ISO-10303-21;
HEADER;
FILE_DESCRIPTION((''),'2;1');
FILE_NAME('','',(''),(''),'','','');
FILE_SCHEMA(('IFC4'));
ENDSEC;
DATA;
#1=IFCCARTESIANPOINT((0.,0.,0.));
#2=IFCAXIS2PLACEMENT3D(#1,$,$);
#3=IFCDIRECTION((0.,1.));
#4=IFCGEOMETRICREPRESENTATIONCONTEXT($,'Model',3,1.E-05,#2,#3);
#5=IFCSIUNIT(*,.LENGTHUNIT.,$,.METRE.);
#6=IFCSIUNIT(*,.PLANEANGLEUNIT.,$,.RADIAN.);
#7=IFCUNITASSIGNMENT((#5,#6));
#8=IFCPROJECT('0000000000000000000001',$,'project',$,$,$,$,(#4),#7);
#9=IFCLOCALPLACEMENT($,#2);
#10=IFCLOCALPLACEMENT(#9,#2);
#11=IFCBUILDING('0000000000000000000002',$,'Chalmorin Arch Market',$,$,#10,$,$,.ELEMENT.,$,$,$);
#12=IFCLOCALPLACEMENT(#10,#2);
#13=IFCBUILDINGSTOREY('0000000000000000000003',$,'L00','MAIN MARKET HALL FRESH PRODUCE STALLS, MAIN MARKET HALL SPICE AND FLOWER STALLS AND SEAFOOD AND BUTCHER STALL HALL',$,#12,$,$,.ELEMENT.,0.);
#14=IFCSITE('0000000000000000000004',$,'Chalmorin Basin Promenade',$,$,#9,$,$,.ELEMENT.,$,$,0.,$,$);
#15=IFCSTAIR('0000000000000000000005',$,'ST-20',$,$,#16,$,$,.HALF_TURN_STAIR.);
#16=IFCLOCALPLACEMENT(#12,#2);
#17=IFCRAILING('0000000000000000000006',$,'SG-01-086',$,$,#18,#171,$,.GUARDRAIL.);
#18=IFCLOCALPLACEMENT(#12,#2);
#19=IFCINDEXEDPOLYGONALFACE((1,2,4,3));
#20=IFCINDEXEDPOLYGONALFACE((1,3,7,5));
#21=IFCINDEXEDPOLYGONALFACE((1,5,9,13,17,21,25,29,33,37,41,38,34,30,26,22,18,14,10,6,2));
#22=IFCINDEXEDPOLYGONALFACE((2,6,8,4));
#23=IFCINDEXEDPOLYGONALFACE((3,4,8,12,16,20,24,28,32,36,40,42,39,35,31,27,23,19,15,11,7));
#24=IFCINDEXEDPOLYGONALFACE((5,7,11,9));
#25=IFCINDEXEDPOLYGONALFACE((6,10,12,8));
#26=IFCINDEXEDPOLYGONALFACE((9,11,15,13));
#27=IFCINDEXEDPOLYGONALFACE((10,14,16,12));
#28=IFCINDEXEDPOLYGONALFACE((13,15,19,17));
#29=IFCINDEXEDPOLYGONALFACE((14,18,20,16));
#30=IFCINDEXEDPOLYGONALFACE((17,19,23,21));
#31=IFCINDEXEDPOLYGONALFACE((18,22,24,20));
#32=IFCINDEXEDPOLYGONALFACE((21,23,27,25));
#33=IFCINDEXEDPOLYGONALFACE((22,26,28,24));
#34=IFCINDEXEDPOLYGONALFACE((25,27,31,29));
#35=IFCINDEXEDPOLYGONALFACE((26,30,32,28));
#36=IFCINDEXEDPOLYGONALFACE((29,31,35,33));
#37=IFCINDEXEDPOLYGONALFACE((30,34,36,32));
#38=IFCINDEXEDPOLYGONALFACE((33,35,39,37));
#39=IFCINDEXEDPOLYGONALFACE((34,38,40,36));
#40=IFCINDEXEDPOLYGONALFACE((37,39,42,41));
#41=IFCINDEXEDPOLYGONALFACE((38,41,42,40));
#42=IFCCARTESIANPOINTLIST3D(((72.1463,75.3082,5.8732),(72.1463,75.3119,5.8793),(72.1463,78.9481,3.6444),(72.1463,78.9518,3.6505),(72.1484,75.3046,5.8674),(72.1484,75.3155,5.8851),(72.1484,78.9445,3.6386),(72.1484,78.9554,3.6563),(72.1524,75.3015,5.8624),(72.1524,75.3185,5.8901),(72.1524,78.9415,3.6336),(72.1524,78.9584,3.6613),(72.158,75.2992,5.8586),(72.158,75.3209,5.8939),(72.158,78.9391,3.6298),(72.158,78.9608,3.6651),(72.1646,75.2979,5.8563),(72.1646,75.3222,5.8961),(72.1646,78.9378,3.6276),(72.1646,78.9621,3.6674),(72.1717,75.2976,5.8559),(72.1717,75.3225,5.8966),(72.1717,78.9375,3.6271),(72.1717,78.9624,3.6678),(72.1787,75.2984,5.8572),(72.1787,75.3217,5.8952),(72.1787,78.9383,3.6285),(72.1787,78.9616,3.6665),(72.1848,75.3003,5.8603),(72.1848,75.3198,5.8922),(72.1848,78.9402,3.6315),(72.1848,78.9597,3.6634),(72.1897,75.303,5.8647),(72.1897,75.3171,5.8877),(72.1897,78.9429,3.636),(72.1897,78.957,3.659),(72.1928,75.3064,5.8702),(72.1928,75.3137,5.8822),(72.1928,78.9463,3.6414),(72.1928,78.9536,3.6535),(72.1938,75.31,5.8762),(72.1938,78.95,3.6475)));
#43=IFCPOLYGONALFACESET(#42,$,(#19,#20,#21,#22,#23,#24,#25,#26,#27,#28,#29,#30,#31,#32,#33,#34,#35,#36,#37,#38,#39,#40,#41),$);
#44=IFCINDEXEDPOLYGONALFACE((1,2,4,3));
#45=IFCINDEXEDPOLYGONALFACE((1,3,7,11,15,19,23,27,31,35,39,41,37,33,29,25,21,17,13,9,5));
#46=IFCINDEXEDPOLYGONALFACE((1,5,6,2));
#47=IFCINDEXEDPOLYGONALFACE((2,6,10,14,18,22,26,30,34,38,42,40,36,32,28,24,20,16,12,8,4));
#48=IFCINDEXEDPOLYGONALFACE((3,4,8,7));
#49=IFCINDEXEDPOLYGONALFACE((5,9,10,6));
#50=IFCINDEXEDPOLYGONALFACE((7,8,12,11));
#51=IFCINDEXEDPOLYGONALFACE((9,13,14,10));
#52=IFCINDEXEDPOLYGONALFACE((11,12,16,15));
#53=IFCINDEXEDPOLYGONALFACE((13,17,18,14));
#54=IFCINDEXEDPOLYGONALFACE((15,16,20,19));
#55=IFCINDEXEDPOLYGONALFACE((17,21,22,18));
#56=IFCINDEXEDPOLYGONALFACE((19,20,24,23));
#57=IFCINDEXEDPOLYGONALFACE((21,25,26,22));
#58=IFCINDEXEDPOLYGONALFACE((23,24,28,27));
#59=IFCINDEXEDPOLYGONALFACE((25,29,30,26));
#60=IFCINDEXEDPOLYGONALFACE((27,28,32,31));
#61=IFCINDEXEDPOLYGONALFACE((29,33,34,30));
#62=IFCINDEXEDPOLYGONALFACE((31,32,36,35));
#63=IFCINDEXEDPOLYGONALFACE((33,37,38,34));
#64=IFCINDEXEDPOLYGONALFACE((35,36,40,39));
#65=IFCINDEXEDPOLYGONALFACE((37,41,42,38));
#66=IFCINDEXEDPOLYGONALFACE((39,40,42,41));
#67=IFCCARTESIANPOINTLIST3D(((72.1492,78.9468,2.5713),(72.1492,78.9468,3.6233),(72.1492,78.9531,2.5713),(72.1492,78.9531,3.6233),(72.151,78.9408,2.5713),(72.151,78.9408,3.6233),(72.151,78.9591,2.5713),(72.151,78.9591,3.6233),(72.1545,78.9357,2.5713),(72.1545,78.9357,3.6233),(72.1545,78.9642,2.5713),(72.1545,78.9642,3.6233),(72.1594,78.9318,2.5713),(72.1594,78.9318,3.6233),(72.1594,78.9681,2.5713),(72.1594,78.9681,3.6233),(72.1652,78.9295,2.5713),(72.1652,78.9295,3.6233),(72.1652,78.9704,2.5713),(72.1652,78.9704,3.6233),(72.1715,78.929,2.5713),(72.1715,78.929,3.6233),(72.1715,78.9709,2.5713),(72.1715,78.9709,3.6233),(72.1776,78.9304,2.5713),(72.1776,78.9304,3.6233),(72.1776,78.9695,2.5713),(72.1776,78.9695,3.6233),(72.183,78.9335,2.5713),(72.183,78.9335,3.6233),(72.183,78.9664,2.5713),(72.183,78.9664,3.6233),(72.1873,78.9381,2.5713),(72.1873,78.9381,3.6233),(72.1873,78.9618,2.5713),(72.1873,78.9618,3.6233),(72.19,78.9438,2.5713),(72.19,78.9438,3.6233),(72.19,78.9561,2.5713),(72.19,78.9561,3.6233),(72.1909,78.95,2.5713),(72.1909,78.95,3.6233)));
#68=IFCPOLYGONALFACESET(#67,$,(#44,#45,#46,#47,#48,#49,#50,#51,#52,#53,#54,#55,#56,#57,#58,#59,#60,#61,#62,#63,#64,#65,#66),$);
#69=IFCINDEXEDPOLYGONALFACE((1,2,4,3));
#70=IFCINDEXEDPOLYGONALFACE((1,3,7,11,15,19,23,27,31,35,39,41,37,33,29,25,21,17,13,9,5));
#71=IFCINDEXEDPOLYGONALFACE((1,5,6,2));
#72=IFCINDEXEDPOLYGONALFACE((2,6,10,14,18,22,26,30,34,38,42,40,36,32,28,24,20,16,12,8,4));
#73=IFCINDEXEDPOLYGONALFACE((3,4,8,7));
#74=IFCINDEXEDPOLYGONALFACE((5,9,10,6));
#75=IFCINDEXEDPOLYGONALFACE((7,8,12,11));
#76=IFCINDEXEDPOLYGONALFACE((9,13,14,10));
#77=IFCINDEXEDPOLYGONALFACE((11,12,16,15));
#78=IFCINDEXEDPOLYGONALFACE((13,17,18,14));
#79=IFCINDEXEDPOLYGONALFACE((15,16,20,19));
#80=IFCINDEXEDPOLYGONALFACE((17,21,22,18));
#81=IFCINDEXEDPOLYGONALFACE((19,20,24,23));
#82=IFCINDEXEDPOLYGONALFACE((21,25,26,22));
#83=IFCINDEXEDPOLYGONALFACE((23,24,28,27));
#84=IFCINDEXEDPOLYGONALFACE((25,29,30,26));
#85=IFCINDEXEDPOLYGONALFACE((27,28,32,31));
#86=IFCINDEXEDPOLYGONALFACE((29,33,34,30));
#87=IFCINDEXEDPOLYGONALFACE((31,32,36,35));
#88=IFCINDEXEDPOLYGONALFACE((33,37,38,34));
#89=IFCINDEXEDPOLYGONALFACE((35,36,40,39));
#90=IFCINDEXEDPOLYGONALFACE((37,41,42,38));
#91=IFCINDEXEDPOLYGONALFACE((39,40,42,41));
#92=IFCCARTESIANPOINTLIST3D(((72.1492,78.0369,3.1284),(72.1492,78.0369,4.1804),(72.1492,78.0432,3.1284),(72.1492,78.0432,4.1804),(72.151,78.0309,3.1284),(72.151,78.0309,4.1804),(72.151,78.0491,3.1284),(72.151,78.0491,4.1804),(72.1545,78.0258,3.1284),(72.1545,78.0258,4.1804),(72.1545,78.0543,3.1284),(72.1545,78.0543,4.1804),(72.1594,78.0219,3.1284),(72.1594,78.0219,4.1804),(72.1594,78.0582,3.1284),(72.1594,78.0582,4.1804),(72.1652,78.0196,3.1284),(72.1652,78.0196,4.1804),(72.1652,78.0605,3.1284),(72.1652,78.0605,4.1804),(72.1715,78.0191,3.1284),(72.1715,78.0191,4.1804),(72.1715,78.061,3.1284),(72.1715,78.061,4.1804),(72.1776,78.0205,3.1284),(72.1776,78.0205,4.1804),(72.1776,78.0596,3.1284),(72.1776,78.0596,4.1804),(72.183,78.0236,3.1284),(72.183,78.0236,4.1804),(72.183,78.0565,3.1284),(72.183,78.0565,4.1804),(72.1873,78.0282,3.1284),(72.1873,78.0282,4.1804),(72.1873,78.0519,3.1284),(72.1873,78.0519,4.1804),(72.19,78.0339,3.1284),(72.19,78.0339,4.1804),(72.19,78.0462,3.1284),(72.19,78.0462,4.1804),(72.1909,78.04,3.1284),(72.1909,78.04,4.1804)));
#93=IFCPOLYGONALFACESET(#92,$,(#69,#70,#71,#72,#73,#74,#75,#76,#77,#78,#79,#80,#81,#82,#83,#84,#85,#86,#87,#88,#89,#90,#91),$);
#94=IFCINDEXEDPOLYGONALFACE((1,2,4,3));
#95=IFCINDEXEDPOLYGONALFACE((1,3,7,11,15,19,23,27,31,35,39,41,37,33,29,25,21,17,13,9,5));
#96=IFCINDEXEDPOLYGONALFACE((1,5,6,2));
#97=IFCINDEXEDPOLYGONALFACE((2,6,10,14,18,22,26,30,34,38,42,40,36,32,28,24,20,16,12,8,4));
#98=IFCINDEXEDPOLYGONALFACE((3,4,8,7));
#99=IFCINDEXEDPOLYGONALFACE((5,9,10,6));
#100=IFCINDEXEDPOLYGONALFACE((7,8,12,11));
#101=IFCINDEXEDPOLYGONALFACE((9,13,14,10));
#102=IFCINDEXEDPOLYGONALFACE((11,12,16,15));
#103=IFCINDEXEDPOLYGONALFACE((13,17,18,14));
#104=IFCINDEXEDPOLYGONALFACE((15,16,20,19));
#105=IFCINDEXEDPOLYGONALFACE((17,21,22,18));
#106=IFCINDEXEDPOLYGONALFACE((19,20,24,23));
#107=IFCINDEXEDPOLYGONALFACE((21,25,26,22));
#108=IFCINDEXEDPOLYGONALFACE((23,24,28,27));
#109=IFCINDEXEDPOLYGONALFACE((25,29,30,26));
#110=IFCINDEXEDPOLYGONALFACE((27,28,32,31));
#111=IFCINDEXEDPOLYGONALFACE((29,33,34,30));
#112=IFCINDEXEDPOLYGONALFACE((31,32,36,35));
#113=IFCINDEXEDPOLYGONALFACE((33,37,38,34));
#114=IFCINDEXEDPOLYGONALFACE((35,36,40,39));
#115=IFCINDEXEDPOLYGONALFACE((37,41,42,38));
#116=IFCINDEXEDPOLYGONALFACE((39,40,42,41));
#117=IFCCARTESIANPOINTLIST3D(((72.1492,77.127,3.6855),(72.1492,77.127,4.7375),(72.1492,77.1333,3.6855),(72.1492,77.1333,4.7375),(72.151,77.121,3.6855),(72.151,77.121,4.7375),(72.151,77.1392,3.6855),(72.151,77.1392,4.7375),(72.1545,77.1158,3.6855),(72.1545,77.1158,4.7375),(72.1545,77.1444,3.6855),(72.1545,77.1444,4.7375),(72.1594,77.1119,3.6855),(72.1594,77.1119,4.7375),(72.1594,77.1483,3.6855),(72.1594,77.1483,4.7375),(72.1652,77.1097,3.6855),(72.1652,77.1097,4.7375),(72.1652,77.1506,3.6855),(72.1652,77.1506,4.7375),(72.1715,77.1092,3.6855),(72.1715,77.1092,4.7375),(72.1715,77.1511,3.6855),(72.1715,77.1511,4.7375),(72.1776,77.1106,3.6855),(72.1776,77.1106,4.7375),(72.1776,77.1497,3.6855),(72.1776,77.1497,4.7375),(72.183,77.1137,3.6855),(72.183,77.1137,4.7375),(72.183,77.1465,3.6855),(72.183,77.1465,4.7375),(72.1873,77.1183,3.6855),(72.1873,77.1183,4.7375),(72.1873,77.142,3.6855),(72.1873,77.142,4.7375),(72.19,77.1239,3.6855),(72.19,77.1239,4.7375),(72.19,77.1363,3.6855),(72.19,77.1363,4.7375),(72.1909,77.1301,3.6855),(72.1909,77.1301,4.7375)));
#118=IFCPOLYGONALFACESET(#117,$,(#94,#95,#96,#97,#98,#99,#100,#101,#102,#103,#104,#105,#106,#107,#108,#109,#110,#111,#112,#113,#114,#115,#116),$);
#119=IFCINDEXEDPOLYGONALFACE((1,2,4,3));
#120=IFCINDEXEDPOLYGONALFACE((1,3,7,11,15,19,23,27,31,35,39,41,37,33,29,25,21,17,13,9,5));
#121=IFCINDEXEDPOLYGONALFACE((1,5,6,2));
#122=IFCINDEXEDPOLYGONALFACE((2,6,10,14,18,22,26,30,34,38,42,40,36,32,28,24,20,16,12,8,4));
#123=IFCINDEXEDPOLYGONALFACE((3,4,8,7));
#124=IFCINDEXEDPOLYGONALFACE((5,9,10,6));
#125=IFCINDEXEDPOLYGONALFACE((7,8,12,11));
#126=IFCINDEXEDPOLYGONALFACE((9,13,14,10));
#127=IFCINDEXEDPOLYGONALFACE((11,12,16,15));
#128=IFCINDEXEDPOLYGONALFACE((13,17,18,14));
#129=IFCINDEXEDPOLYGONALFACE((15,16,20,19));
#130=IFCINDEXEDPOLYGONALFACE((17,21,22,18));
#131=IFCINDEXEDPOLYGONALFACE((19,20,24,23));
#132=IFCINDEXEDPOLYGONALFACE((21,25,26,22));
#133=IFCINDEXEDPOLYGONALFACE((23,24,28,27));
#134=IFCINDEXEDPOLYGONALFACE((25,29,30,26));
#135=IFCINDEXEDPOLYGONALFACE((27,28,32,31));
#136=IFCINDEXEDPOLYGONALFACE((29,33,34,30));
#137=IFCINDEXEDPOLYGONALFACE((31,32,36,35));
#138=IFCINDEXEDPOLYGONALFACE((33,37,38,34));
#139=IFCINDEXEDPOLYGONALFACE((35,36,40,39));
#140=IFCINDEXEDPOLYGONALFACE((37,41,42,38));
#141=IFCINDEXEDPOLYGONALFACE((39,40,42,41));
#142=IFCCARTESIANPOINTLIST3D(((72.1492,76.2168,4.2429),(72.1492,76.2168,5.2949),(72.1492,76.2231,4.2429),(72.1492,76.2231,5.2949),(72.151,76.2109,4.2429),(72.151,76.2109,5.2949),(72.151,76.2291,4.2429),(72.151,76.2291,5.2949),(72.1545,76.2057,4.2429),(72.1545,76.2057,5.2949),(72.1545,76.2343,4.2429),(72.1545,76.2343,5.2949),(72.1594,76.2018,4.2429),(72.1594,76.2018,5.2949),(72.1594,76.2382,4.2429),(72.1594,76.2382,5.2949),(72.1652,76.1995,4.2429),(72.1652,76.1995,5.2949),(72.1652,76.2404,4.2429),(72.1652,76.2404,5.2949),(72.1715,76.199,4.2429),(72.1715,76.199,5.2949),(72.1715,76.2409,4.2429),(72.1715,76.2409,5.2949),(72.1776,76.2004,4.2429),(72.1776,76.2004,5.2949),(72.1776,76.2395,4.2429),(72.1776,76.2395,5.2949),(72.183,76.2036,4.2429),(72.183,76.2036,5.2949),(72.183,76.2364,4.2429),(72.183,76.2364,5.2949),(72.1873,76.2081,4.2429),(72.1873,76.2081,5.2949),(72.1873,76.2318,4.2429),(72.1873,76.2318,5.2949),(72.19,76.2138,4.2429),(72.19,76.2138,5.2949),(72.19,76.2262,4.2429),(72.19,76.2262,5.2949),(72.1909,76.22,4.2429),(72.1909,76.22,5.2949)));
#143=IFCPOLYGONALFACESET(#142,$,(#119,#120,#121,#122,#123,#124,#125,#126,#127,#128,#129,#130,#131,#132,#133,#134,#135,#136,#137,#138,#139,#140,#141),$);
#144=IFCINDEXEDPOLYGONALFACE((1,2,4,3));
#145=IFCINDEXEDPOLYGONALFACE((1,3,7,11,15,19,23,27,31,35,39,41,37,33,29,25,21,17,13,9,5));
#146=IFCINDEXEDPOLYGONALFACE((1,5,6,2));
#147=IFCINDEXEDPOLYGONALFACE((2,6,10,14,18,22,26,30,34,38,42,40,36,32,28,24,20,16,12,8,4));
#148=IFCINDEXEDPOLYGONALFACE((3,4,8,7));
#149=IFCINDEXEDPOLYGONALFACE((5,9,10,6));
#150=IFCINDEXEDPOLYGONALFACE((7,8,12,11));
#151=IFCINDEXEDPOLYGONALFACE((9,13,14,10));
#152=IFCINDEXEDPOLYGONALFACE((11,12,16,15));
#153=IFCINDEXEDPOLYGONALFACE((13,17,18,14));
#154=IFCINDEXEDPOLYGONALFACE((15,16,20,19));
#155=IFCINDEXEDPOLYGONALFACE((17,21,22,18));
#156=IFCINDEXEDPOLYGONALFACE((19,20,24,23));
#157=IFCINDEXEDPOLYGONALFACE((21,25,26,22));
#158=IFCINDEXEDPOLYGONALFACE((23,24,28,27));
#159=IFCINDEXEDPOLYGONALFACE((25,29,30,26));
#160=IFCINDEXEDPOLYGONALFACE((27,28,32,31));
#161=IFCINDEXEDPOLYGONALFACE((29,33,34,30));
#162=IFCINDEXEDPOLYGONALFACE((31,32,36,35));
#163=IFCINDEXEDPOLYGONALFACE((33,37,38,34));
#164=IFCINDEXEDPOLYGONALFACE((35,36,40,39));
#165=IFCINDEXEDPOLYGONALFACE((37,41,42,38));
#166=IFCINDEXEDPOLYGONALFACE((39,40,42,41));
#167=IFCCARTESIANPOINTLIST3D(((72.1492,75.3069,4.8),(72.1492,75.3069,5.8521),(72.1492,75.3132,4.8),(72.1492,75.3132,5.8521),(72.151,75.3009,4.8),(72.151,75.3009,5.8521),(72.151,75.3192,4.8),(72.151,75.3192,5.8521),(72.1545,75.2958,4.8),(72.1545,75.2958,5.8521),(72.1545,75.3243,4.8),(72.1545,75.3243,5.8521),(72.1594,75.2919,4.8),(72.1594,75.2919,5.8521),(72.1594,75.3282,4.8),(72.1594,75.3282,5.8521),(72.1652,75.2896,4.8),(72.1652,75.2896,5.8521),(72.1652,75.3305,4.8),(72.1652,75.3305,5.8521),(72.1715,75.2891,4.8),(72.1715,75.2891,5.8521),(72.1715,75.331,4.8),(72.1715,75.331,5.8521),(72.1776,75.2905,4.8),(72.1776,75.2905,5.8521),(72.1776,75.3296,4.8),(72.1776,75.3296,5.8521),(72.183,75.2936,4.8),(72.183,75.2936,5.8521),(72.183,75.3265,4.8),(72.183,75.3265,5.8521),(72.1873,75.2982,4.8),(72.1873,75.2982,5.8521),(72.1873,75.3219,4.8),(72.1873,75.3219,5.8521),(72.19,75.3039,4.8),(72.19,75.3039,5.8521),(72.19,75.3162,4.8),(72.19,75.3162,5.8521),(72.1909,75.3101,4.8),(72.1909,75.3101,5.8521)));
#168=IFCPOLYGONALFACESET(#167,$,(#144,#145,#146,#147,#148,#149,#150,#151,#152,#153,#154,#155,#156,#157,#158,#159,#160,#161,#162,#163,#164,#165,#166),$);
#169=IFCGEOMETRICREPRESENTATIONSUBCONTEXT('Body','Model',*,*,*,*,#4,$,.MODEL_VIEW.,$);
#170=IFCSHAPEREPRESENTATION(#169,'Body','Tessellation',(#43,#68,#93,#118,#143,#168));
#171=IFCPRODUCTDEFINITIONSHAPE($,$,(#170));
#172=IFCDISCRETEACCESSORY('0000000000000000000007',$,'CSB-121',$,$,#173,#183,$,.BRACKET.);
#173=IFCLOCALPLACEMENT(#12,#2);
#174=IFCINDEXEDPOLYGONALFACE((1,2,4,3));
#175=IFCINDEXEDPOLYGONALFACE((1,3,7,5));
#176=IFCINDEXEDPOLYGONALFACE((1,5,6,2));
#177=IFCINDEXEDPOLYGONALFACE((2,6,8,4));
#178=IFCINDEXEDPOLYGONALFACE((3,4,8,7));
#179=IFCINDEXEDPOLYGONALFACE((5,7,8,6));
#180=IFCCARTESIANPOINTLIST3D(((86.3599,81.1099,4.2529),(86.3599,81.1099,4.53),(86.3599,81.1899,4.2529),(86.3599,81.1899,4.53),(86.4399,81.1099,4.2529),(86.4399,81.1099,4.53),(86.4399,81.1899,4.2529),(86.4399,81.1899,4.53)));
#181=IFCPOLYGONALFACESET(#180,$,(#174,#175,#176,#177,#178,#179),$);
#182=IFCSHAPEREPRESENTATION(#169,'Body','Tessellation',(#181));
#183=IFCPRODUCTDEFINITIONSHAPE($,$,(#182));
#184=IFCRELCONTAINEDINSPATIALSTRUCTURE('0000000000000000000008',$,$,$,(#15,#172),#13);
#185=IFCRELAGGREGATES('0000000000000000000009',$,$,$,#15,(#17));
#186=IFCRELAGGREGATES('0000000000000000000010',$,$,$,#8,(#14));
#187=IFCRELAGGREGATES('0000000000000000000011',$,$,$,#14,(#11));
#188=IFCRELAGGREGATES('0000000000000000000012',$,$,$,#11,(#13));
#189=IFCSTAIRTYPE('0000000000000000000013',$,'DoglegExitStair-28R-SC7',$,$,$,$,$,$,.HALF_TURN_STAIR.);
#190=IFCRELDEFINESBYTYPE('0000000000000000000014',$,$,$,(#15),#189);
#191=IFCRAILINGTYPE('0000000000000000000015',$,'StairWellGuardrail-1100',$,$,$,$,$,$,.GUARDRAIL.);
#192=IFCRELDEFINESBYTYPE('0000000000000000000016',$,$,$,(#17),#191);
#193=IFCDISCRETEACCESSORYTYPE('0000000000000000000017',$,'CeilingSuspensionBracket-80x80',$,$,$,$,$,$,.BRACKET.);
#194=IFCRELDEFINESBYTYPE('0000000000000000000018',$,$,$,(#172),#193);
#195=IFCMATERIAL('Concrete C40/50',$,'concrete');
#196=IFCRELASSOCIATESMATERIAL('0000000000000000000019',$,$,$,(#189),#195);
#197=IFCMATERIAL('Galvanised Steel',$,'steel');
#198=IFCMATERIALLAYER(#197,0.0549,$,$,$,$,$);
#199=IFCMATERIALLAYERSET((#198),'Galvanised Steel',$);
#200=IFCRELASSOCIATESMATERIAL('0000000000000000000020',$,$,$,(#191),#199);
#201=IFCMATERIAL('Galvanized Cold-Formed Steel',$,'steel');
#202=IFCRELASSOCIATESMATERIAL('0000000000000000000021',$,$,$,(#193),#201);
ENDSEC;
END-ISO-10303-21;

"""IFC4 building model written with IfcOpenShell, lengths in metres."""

from ifc_helpers import new_model, si_unit, direction, frame, origin, origin_2d, place, context, subcontext, project, spatial, rectangle, circle, extrude, material, layer, layer_set, type_object, element, aggregate, save


model = new_model("IFC4")

# Units and contexts
model_context = context("Model", 3, precision=1e-05, world=origin(), true_north=direction((0.0, 1.0)))
body_context = subcontext(model_context, "Body", "Model", "MODEL_VIEW")
ifc_project = project(units=[si_unit("LENGTHUNIT", "METRE"), si_unit("PLANEANGLEUNIT", "RADIAN")], contexts=[model_context])

# Site, building, storey
site_placement = place(None, origin())
site = spatial("IfcSite", under=ifc_project, at=site_placement, Name="Chalmorin Basin Promenade", CompositionType="ELEMENT", RefElevation=0.0)
building_placement = place(site_placement, origin())
building = spatial("IfcBuilding", under=site, at=building_placement, Name="Chalmorin Arch Market", CompositionType="ELEMENT")
storey_placement = place(building_placement, origin())
storey = spatial("IfcBuildingStorey", under=building, at=storey_placement, Name="L00", Description="MAIN MARKET HALL FRESH PRODUCE STALLS, MAIN MARKET HALL SPICE AND FLOWER STALLS AND SEAFOOD AND BUTCHER STALL HALL", CompositionType="ELEMENT", Elevation=0.0)

# Shared definitions
ifc_material_1 = material(Name="Concrete C40/50", Category="concrete")

# Shared definitions
ifc_material_2 = material(Name="Galvanised Steel", Category="steel")

# Stair, railing
stair_type = type_object("IfcStairType", Name="DoglegExitStair-28R-SC7", PredefinedType="HALF_TURN_STAIR", material=ifc_material_1)
stair_placement = place(storey_placement, origin())
stair = element("IfcStair", 1, at=stair_placement, inside=storey, type_object=stair_type, Name="ST-20", PredefinedType="HALF_TURN_STAIR")
ifc_layer_1 = layer(ifc_material_2, 0.0549)
ifc_layer_set_1 = layer_set([ifc_layer_1], Name="Galvanised Steel")
railing_type_1 = type_object("IfcRailingType", Name="StairWellGuardrail-1100", PredefinedType="GUARDRAIL", material=ifc_layer_set_1)
railing_1_placement = place(storey_placement, frame((72.1699, 78.95, 2.5713)))
railing_1 = element("IfcRailing", 2, at=railing_1_placement, type_object=railing_type_1, Name="SG-01-086", PredefinedType="GUARDRAIL", context=body_context, shape_type="SweptSolid", body=[
    extrude(circle(Radius=0.0239, at=origin_2d()), frame((0.0, 0.0, 1.0762), z_axis=(0.0, -0.852825, 0.522197), x_axis=(1.0, 0.0, 0.0)), (0.0, 0.0, 1.0), 4.2681),
    extrude(circle(Radius=0.021, at=origin_2d()), origin(), (0.0, 0.0, 1.0), 1.052),
    extrude(circle(Radius=0.021, at=origin_2d()), frame((0.0, -0.9099, 0.5571)), (0.0, 0.0, 1.0), 1.052),
    extrude(circle(Radius=0.021, at=origin_2d()), frame((0.0, -1.8198, 1.1143)), (0.0, 0.0, 1.0), 1.052),
    extrude(circle(Radius=0.021, at=origin_2d()), frame((0.0, -2.73, 1.6716)), (0.0, 0.0, 1.0), 1.052),
    extrude(circle(Radius=0.021, at=origin_2d()), frame((0.0, -3.6399, 2.2288)), (0.0, 0.0, 1.0), 1.052),
])
aggregate(stair, [railing_1])

# Discrete accessory
ifc_material_3 = material(Name="Galvanized Cold-Formed Steel", Category="steel")
discrete_accessory_type = type_object("IfcDiscreteAccessoryType", Name="CeilingSuspensionBracket-80x80", PredefinedType="BRACKET", material=ifc_material_3)
discrete_accessory_placement = place(storey_placement, frame((86.3999, 81.1499, 4.2529), z_axis=(0.0, 0.0, 1.0), x_axis=(1.0, 0.0, 0.0)))
element("IfcDiscreteAccessory", 3, at=discrete_accessory_placement, inside=storey, type_object=discrete_accessory_type, Name="CSB-121", PredefinedType="BRACKET", context=body_context, shape_type="SweptSolid", body=[
    extrude(rectangle(XDim=0.0801, YDim=0.0801, at=origin_2d()), origin(), (0.0, 0.0, 1.0), 0.2771),
])

save(model, "model.ifc")
